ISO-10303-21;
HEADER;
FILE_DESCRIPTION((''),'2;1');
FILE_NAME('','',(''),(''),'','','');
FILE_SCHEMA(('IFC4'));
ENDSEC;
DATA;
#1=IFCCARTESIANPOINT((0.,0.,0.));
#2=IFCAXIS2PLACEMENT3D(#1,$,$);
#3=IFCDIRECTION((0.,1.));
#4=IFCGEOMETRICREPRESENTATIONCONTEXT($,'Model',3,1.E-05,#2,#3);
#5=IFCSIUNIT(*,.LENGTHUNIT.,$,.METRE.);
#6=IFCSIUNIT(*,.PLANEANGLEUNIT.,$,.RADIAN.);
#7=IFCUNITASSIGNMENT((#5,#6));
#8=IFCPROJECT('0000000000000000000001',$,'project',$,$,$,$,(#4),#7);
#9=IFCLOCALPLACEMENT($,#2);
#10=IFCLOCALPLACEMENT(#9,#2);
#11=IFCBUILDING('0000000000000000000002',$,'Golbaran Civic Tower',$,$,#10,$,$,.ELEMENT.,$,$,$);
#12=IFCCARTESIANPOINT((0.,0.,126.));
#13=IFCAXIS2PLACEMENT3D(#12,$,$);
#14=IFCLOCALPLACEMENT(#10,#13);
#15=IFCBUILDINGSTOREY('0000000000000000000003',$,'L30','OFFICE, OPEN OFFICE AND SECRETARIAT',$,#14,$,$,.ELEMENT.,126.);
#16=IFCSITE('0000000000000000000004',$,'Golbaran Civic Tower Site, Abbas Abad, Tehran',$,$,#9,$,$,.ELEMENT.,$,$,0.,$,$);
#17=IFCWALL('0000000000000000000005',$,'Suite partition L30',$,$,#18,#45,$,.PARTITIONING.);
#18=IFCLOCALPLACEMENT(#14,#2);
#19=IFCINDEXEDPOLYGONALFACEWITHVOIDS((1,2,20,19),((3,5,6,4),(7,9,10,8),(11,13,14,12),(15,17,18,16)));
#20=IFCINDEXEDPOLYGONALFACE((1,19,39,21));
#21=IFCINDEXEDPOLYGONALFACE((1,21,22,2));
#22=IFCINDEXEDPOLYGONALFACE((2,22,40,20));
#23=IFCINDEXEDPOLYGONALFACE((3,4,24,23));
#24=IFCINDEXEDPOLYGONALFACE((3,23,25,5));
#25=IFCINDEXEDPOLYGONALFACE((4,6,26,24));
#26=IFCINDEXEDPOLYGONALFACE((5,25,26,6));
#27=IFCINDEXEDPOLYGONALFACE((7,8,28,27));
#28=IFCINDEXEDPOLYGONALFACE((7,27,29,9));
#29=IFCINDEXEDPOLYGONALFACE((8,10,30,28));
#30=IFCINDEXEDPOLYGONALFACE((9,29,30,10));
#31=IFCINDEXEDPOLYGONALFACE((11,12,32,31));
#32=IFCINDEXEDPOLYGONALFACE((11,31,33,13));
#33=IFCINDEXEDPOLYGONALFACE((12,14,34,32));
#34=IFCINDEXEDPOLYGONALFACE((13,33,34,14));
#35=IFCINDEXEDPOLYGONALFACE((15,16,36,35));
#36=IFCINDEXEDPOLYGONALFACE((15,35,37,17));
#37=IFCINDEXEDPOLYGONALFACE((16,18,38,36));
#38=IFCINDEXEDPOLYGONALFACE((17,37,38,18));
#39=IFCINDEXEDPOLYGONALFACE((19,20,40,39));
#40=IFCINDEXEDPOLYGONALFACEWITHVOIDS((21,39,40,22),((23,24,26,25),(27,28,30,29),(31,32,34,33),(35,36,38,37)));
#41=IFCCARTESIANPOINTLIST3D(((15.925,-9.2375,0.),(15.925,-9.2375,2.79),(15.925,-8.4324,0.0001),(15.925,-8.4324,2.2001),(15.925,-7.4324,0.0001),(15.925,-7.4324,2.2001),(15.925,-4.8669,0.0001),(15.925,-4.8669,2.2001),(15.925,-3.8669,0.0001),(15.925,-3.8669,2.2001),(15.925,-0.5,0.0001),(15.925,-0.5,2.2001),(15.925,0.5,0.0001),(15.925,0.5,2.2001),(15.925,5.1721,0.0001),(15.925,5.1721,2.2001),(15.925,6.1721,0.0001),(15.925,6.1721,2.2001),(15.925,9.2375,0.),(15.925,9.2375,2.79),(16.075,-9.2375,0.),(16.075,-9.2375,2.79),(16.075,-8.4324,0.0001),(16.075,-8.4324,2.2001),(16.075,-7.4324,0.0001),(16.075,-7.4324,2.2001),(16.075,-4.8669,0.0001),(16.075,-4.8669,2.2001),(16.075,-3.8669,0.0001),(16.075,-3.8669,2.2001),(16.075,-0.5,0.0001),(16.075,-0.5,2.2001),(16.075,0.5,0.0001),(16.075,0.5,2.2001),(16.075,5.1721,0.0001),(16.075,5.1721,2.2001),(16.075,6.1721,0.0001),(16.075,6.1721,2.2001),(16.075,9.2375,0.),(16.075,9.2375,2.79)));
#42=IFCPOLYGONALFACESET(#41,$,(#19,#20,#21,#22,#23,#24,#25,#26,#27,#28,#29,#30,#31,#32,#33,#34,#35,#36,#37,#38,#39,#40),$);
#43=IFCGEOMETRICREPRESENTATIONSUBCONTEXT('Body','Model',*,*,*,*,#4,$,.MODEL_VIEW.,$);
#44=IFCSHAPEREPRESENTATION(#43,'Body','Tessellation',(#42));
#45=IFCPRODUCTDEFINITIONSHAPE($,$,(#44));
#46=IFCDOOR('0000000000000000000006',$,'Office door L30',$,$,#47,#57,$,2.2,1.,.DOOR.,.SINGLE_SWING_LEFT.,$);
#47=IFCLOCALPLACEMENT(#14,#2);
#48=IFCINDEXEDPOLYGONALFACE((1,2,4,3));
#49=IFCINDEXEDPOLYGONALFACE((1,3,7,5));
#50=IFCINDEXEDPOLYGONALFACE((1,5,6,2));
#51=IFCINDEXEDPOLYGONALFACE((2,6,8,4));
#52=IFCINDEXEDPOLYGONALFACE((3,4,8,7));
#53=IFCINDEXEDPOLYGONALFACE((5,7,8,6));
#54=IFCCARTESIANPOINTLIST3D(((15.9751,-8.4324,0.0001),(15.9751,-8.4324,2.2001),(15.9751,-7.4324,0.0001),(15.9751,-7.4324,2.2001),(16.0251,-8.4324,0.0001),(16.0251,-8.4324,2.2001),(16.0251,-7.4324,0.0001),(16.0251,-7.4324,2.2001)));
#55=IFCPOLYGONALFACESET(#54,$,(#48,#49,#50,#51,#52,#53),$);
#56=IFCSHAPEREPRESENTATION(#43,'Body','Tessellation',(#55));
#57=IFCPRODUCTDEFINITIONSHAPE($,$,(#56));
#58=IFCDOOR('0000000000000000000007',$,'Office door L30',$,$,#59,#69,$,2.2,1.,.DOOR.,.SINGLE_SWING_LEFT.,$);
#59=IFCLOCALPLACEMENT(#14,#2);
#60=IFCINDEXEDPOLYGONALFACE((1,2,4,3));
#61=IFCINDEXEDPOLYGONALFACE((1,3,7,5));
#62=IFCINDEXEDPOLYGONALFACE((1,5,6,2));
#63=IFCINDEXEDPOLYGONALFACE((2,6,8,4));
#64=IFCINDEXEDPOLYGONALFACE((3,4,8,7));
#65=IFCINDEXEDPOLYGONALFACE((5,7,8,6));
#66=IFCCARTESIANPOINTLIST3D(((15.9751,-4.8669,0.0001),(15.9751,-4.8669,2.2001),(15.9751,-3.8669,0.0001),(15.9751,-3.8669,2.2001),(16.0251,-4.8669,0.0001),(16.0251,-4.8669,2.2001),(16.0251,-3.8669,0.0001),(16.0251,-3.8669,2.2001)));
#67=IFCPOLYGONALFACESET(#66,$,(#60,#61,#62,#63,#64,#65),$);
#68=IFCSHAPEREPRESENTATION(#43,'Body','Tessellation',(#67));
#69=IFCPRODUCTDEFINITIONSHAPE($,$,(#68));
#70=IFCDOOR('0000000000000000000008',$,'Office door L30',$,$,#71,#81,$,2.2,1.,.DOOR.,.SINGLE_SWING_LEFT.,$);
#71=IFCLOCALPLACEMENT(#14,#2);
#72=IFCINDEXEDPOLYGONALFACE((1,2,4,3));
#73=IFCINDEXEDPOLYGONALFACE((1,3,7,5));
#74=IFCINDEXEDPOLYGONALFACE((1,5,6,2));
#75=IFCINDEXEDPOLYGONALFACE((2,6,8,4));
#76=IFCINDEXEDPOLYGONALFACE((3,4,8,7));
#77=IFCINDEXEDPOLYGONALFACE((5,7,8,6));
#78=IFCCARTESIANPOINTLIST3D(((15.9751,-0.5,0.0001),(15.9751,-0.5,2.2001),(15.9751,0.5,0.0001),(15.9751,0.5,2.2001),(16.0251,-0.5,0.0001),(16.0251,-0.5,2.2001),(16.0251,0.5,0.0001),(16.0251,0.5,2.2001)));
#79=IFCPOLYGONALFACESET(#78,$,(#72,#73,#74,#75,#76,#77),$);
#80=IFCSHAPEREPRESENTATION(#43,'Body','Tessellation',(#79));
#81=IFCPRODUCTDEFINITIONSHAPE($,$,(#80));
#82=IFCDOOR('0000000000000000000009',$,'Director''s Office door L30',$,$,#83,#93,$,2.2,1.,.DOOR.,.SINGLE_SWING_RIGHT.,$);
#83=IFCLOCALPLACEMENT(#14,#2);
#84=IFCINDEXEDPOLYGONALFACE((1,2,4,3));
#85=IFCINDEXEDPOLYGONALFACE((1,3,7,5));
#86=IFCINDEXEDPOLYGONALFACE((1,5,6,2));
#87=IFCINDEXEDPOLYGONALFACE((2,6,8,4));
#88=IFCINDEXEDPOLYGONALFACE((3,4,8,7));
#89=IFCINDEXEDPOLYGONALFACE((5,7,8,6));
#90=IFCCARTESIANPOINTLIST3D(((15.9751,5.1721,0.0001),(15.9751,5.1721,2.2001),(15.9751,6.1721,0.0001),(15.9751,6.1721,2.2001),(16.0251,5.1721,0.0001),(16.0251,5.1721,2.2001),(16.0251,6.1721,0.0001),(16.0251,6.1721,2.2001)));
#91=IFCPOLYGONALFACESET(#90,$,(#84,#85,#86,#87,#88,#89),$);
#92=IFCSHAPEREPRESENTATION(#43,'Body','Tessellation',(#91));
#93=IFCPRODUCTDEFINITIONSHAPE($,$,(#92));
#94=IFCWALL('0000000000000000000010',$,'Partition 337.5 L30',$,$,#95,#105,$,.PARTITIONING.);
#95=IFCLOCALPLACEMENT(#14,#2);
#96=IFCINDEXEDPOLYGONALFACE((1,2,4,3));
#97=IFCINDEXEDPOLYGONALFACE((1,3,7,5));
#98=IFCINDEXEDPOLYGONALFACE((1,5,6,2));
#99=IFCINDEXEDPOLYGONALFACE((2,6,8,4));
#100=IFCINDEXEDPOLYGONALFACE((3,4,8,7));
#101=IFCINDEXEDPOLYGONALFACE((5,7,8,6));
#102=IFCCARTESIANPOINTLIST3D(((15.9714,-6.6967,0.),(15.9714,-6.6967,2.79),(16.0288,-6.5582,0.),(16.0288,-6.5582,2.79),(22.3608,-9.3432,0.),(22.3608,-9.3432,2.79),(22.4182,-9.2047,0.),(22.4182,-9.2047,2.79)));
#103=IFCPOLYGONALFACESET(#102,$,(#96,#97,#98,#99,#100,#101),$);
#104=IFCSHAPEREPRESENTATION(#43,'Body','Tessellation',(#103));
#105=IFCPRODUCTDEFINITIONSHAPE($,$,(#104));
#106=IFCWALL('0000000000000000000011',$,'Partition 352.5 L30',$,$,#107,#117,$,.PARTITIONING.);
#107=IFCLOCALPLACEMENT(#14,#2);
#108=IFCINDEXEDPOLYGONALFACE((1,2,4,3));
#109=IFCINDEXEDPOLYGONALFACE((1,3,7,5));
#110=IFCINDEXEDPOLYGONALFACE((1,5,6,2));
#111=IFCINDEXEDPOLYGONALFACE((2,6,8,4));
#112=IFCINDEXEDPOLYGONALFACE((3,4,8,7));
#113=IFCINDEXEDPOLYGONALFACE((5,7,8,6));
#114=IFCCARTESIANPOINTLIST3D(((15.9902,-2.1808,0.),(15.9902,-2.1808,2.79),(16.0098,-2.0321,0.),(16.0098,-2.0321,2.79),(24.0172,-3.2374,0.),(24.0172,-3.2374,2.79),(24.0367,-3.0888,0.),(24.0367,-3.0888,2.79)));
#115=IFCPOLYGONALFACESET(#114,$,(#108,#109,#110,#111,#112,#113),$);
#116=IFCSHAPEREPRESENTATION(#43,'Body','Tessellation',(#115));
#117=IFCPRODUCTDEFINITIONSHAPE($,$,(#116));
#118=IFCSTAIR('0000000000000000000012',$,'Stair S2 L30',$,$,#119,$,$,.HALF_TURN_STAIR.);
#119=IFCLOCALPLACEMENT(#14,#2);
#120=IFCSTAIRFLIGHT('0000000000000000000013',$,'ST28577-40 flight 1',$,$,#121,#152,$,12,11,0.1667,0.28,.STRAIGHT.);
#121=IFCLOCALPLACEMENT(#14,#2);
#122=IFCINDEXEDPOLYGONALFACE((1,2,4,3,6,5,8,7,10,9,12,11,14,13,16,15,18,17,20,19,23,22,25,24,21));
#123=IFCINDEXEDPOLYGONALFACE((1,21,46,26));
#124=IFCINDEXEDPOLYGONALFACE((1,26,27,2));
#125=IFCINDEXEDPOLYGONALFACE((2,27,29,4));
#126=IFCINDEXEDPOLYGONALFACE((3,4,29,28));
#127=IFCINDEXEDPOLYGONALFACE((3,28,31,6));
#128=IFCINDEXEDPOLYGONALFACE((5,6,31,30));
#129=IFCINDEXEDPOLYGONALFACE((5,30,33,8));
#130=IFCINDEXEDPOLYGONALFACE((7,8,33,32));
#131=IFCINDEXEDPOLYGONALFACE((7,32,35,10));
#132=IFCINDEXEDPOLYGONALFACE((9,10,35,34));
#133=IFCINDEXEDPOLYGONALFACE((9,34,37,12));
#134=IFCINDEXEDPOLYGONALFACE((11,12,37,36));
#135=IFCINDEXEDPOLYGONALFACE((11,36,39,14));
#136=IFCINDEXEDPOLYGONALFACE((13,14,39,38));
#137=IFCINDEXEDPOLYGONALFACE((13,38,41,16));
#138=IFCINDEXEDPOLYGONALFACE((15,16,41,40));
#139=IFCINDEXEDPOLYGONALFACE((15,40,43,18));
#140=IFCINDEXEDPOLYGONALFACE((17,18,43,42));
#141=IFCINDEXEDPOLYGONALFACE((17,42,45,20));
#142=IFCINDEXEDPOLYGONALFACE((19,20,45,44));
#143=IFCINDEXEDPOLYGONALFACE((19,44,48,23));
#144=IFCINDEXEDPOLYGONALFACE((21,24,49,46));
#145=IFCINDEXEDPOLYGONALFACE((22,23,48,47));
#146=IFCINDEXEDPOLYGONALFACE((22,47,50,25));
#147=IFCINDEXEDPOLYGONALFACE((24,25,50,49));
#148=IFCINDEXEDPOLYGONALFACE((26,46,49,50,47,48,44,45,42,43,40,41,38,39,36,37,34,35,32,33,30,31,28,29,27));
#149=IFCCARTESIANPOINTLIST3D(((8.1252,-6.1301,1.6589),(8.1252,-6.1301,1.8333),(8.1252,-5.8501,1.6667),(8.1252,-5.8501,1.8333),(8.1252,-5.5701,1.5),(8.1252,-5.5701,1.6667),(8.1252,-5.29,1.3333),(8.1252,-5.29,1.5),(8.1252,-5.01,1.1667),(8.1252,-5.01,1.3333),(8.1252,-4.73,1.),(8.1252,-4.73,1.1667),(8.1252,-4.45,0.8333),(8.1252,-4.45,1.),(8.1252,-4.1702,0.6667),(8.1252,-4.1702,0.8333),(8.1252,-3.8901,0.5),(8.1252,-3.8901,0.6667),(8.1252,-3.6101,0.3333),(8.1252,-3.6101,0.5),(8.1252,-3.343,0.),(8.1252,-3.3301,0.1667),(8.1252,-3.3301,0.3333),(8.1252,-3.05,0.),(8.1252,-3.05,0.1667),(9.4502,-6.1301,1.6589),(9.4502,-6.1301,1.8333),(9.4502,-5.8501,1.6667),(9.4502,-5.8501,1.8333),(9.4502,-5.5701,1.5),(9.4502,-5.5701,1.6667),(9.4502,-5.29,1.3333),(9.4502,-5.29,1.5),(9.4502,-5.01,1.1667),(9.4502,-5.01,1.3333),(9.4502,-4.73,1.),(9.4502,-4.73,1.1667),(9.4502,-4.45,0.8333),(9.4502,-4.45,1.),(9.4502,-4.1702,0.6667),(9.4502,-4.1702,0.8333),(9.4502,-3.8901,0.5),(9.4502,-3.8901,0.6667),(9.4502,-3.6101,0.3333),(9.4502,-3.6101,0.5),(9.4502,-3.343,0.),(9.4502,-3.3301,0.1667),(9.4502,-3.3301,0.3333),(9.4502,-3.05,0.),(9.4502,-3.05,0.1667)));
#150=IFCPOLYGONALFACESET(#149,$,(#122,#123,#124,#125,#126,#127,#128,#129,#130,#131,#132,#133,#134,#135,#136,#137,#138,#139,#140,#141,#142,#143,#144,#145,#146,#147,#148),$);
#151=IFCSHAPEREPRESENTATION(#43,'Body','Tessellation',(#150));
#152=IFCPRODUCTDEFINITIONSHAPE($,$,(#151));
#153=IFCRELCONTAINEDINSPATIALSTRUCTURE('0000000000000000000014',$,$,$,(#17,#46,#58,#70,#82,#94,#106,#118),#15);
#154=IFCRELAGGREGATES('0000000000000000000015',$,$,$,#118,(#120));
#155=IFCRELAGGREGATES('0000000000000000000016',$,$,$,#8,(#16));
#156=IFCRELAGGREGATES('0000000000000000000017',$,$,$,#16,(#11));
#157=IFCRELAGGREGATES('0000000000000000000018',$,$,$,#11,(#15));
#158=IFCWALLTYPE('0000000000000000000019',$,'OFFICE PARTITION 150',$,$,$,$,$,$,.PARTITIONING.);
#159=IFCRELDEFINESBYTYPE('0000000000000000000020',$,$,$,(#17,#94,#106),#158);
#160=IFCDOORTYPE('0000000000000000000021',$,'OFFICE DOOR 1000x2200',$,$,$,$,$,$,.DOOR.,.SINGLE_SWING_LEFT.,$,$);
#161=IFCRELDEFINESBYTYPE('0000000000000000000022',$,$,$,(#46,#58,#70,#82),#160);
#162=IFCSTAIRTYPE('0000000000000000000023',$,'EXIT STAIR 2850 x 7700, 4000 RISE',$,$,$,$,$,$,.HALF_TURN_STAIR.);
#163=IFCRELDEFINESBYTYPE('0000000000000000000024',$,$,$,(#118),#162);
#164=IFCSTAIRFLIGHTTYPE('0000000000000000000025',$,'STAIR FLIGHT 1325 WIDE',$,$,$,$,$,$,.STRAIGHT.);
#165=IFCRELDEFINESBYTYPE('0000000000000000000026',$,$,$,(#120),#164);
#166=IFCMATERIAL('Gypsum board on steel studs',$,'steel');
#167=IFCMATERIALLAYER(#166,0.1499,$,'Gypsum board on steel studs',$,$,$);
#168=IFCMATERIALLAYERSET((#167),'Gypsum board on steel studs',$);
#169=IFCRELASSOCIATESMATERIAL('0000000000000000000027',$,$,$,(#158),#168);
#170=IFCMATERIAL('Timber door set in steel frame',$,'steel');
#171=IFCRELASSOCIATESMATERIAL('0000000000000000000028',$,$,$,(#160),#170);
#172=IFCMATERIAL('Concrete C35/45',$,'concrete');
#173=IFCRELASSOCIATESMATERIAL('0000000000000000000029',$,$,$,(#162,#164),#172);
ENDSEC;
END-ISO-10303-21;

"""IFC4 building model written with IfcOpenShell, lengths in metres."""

from ifc_helpers import new_model, si_unit, direction, frame, frame_2d, origin, place, context, subcontext, project, spatial, polyline, rectangle, outline, extrude, material, layer, layer_set, type_object, element, fill, aggregate, save


model = new_model("IFC4")

# Units and contexts
model_context = context("Model", 3, precision=1e-05, world=origin(), true_north=direction((0.0, 1.0)))
body_context = subcontext(model_context, "Body", "Model", "MODEL_VIEW")
ifc_project = project(units=[si_unit("LENGTHUNIT", "METRE"), si_unit("PLANEANGLEUNIT", "RADIAN")], contexts=[model_context])

# Site, building, storey
site_placement = place(None, origin())
site = spatial("IfcSite", under=ifc_project, at=site_placement, Name="Golbaran Civic Tower Site, Abbas Abad, Tehran", CompositionType="ELEMENT", RefElevation=0.0)
building_placement = place(site_placement, origin())
building = spatial("IfcBuilding", under=site, at=building_placement, Name="Golbaran Civic Tower", CompositionType="ELEMENT")
storey_placement = place(building_placement, frame((0.0, 0.0, 126.0)))
storey = spatial("IfcBuildingStorey", under=building, at=storey_placement, Name="L30", Description="OFFICE, OPEN OFFICE AND SECRETARIAT", CompositionType="ELEMENT", Elevation=126.0)

# Shared definitions
ifc_material_1 = material(Name="Timber door set in steel frame", Category="steel")

# Shared definitions
ifc_material_2 = material(Name="Gypsum board on steel studs", Category="steel")
ifc_layer_1 = layer(ifc_material_2, 0.1499, Name="Gypsum board on steel studs")
ifc_layer_set_1 = layer_set([ifc_layer_1], Name="Gypsum board on steel studs")
wall_type_1 = type_object("IfcWallType", Name="OFFICE PARTITION 150", PredefinedType="PARTITIONING", material=ifc_layer_set_1)

# Wall, openings, doors
wall_1_placement = place(storey_placement, frame((16.0, -9.2375, 0.0), z_axis=(0.0, 0.0, 1.0), x_axis=(0.0, 1.0, 0.0)))
wall_1 = element("IfcWall", 1, at=wall_1_placement, inside=storey, type_object=wall_type_1, Name="Suite partition L30", PredefinedType="PARTITIONING", context=body_context, shape_type="SweptSolid", body=[
    extrude(rectangle(XDim=18.4751, YDim=0.1499, at=frame_2d((9.2375, 0.0))), origin(), (0.0, 0.0, 1.0), 2.79),
])
opening_1_placement = place(wall_1_placement, frame((0.8052, 0.0, 0.0)))
opening_1 = element("IfcOpeningElement", 2, at=opening_1_placement, cuts=wall_1, PredefinedType="OPENING", context=body_context, shape_type="SweptSolid", body=[
    extrude(rectangle(XDim=1.0, YDim=2.2, at=frame_2d((0.5, 1.1001))), frame((0.0, 0.085, 0.0), z_axis=(0.0, -1.0, 0.0), x_axis=(1.0, 0.0, 0.0)), (0.0, 0.0, 1.0), 0.1699),
])
opening_2_placement = place(wall_1_placement, frame((4.3706, 0.0, 0.0)))
opening_2 = element("IfcOpeningElement", 3, at=opening_2_placement, cuts=wall_1, PredefinedType="OPENING", context=body_context, shape_type="SweptSolid", body=[
    extrude(rectangle(XDim=1.0, YDim=2.2, at=frame_2d((0.5, 1.1001))), frame((0.0, 0.085, 0.0), z_axis=(0.0, -1.0, 0.0), x_axis=(1.0, 0.0, 0.0)), (0.0, 0.0, 1.0), 0.1699),
])
opening_3_placement = place(wall_1_placement, frame((8.7375, 0.0, 0.0)))
opening_3 = element("IfcOpeningElement", 4, at=opening_3_placement, cuts=wall_1, PredefinedType="OPENING", context=body_context, shape_type="SweptSolid", body=[
    extrude(rectangle(XDim=1.0, YDim=2.2, at=frame_2d((0.5, 1.1001))), frame((0.0, 0.085, 0.0), z_axis=(0.0, -1.0, 0.0), x_axis=(1.0, 0.0, 0.0)), (0.0, 0.0, 1.0), 0.1699),
])
opening_4_placement = place(wall_1_placement, frame((14.4097, 0.0, 0.0)))
opening_4 = element("IfcOpeningElement", 5, at=opening_4_placement, cuts=wall_1, PredefinedType="OPENING", context=body_context, shape_type="SweptSolid", body=[
    extrude(rectangle(XDim=1.0, YDim=2.2, at=frame_2d((0.5, 1.1001))), frame((0.0, 0.085, 0.0), z_axis=(0.0, -1.0, 0.0), x_axis=(1.0, 0.0, 0.0)), (0.0, 0.0, 1.0), 0.1699),
])
door_type_1 = type_object("IfcDoorType", Name="OFFICE DOOR 1000x2200", OperationType="SINGLE_SWING_LEFT", PredefinedType="DOOR", material=ifc_material_1)
door_1_placement = place(opening_1_placement, origin())
door_1 = element("IfcDoor", 6, at=door_1_placement, inside=storey, type_object=door_type_1, Name="Office door L30", OperationType="SINGLE_SWING_LEFT", OverallHeight=2.2, OverallWidth=1.0, PredefinedType="DOOR", context=body_context, shape_type="SweptSolid", body=[
    extrude(rectangle(XDim=1.0, YDim=2.2, at=frame_2d((0.5, 1.1001))), frame((0.0, 0.0249, 0.0), z_axis=(0.0, -1.0, 0.0), x_axis=(1.0, 0.0, 0.0)), (0.0, 0.0, 1.0), 0.05),
])
fill(opening_1, door_1)
door_2_placement = place(opening_2_placement, origin())
door_2 = element("IfcDoor", 7, at=door_2_placement, inside=storey, type_object=door_type_1, Name="Office door L30", OperationType="SINGLE_SWING_LEFT", OverallHeight=2.2, OverallWidth=1.0, PredefinedType="DOOR", context=body_context, shape_type="SweptSolid", body=[
    extrude(rectangle(XDim=1.0, YDim=2.2, at=frame_2d((0.5, 1.1001))), frame((0.0, 0.0249, 0.0), z_axis=(0.0, -1.0, 0.0), x_axis=(1.0, 0.0, 0.0)), (0.0, 0.0, 1.0), 0.05),
])
fill(opening_2, door_2)
door_3_placement = place(opening_3_placement, origin())
door_3 = element("IfcDoor", 8, at=door_3_placement, inside=storey, type_object=door_type_1, Name="Office door L30", OperationType="SINGLE_SWING_LEFT", OverallHeight=2.2, OverallWidth=1.0, PredefinedType="DOOR", context=body_context, shape_type="SweptSolid", body=[
    extrude(rectangle(XDim=1.0, YDim=2.2, at=frame_2d((0.5, 1.1001))), frame((0.0, 0.0249, 0.0), z_axis=(0.0, -1.0, 0.0), x_axis=(1.0, 0.0, 0.0)), (0.0, 0.0, 1.0), 0.05),
])
fill(opening_3, door_3)
door_4_placement = place(opening_4_placement, origin())
door_4 = element("IfcDoor", 9, at=door_4_placement, inside=storey, type_object=door_type_1, Name="Director's Office door L30", OperationType="SINGLE_SWING_RIGHT", OverallHeight=2.2, OverallWidth=1.0, PredefinedType="DOOR", context=body_context, shape_type="SweptSolid", body=[
    extrude(rectangle(XDim=1.0, YDim=2.2, at=frame_2d((0.5, 1.1001))), frame((0.0, 0.0249, 0.0), z_axis=(0.0, -1.0, 0.0), x_axis=(1.0, 0.0, 0.0)), (0.0, 0.0, 1.0), 0.05),
])
fill(opening_4, door_4)

# Walls
wall_2_placement = place(storey_placement, frame((16.0, -6.6274, 0.0), z_axis=(0.0, 0.0, 1.0), x_axis=(0.923884, -0.382672, 0.0)))
element("IfcWall", 10, at=wall_2_placement, inside=storey, type_object=wall_type_1, Name="Partition 337.5 L30", PredefinedType="PARTITIONING", context=body_context, shape_type="SweptSolid", body=[
    extrude(rectangle(XDim=6.9158, YDim=0.1499, at=frame_2d((3.458, 0.0))), origin(), (0.0, 0.0, 1.0), 2.79),
])
wall_3_placement = place(storey_placement, frame((16.0, -2.1064, 0.0), z_axis=(0.0, 0.0, 1.0), x_axis=(0.991447, -0.130512, 0.0)))
element("IfcWall", 11, at=wall_3_placement, inside=storey, type_object=wall_type_1, Name="Partition 352.5 L30", PredefinedType="PARTITIONING", context=body_context, shape_type="SweptSolid", body=[
    extrude(rectangle(XDim=8.0962, YDim=0.1499, at=frame_2d((4.0481, 0.0))), origin(), (0.0, 0.0, 1.0), 2.79),
])

# Stair, stair flight
ifc_material_3 = material(Name="Concrete C35/45", Category="concrete")
stair_type = type_object("IfcStairType", Name="EXIT STAIR 2850 x 7700, 4000 RISE", PredefinedType="HALF_TURN_STAIR", material=ifc_material_3)
stair_placement = place(storey_placement, origin())
stair = element("IfcStair", 12, at=stair_placement, inside=storey, type_object=stair_type, Name="Stair S2 L30", PredefinedType="HALF_TURN_STAIR")
stair_flight_type = type_object("IfcStairFlightType", Name="STAIR FLIGHT 1325 WIDE", PredefinedType="STRAIGHT", material=ifc_material_3)
stair_flight_placement = place(storey_placement, frame((8.7876, -3.05, 0.0), z_axis=(0.0, 0.0, 1.0), x_axis=(0.0, -1.0, 0.0)))
stair_flight = element("IfcStairFlight", 13, at=stair_flight_placement, type_object=stair_flight_type, Name="ST28577-40 flight 1", NumberOfRisers=12, NumberOfTreads=11, PredefinedType="STRAIGHT", RiserHeight=0.1667, TreadLength=0.28, context=body_context, shape_type="SweptSolid", body=[
    extrude(outline(polyline([(0.0, 0.0), (0.0, 0.1667), (0.28, 0.1667), (0.28, 0.3333), (0.5601, 0.3333), (0.5601, 0.5), (0.8401, 0.5), (0.8401, 0.6667), (1.1201, 0.6667), (1.1201, 0.8333), (1.3999, 0.8333), (1.3999, 1.0), (1.6799, 1.0), (1.6799, 1.1667), (1.96, 1.1667), (1.96, 1.3333), (2.24, 1.3333), (2.24, 1.5), (2.52, 1.5), (2.52, 1.6667), (2.8, 1.6667), (2.8, 1.8333), (3.0801, 1.8333), (3.0801, 2.0), (3.0801, 1.6589), (0.293, 0.0), (0.0, 0.0)])), frame((0.0, 0.6626, 0.0), z_axis=(0.0, -1.0, 0.0), x_axis=(1.0, 0.0, 0.0)), (0.0, 0.0, 1.0), 1.325),
])
aggregate(stair, [stair_flight])

save(model, "model.ifc")
